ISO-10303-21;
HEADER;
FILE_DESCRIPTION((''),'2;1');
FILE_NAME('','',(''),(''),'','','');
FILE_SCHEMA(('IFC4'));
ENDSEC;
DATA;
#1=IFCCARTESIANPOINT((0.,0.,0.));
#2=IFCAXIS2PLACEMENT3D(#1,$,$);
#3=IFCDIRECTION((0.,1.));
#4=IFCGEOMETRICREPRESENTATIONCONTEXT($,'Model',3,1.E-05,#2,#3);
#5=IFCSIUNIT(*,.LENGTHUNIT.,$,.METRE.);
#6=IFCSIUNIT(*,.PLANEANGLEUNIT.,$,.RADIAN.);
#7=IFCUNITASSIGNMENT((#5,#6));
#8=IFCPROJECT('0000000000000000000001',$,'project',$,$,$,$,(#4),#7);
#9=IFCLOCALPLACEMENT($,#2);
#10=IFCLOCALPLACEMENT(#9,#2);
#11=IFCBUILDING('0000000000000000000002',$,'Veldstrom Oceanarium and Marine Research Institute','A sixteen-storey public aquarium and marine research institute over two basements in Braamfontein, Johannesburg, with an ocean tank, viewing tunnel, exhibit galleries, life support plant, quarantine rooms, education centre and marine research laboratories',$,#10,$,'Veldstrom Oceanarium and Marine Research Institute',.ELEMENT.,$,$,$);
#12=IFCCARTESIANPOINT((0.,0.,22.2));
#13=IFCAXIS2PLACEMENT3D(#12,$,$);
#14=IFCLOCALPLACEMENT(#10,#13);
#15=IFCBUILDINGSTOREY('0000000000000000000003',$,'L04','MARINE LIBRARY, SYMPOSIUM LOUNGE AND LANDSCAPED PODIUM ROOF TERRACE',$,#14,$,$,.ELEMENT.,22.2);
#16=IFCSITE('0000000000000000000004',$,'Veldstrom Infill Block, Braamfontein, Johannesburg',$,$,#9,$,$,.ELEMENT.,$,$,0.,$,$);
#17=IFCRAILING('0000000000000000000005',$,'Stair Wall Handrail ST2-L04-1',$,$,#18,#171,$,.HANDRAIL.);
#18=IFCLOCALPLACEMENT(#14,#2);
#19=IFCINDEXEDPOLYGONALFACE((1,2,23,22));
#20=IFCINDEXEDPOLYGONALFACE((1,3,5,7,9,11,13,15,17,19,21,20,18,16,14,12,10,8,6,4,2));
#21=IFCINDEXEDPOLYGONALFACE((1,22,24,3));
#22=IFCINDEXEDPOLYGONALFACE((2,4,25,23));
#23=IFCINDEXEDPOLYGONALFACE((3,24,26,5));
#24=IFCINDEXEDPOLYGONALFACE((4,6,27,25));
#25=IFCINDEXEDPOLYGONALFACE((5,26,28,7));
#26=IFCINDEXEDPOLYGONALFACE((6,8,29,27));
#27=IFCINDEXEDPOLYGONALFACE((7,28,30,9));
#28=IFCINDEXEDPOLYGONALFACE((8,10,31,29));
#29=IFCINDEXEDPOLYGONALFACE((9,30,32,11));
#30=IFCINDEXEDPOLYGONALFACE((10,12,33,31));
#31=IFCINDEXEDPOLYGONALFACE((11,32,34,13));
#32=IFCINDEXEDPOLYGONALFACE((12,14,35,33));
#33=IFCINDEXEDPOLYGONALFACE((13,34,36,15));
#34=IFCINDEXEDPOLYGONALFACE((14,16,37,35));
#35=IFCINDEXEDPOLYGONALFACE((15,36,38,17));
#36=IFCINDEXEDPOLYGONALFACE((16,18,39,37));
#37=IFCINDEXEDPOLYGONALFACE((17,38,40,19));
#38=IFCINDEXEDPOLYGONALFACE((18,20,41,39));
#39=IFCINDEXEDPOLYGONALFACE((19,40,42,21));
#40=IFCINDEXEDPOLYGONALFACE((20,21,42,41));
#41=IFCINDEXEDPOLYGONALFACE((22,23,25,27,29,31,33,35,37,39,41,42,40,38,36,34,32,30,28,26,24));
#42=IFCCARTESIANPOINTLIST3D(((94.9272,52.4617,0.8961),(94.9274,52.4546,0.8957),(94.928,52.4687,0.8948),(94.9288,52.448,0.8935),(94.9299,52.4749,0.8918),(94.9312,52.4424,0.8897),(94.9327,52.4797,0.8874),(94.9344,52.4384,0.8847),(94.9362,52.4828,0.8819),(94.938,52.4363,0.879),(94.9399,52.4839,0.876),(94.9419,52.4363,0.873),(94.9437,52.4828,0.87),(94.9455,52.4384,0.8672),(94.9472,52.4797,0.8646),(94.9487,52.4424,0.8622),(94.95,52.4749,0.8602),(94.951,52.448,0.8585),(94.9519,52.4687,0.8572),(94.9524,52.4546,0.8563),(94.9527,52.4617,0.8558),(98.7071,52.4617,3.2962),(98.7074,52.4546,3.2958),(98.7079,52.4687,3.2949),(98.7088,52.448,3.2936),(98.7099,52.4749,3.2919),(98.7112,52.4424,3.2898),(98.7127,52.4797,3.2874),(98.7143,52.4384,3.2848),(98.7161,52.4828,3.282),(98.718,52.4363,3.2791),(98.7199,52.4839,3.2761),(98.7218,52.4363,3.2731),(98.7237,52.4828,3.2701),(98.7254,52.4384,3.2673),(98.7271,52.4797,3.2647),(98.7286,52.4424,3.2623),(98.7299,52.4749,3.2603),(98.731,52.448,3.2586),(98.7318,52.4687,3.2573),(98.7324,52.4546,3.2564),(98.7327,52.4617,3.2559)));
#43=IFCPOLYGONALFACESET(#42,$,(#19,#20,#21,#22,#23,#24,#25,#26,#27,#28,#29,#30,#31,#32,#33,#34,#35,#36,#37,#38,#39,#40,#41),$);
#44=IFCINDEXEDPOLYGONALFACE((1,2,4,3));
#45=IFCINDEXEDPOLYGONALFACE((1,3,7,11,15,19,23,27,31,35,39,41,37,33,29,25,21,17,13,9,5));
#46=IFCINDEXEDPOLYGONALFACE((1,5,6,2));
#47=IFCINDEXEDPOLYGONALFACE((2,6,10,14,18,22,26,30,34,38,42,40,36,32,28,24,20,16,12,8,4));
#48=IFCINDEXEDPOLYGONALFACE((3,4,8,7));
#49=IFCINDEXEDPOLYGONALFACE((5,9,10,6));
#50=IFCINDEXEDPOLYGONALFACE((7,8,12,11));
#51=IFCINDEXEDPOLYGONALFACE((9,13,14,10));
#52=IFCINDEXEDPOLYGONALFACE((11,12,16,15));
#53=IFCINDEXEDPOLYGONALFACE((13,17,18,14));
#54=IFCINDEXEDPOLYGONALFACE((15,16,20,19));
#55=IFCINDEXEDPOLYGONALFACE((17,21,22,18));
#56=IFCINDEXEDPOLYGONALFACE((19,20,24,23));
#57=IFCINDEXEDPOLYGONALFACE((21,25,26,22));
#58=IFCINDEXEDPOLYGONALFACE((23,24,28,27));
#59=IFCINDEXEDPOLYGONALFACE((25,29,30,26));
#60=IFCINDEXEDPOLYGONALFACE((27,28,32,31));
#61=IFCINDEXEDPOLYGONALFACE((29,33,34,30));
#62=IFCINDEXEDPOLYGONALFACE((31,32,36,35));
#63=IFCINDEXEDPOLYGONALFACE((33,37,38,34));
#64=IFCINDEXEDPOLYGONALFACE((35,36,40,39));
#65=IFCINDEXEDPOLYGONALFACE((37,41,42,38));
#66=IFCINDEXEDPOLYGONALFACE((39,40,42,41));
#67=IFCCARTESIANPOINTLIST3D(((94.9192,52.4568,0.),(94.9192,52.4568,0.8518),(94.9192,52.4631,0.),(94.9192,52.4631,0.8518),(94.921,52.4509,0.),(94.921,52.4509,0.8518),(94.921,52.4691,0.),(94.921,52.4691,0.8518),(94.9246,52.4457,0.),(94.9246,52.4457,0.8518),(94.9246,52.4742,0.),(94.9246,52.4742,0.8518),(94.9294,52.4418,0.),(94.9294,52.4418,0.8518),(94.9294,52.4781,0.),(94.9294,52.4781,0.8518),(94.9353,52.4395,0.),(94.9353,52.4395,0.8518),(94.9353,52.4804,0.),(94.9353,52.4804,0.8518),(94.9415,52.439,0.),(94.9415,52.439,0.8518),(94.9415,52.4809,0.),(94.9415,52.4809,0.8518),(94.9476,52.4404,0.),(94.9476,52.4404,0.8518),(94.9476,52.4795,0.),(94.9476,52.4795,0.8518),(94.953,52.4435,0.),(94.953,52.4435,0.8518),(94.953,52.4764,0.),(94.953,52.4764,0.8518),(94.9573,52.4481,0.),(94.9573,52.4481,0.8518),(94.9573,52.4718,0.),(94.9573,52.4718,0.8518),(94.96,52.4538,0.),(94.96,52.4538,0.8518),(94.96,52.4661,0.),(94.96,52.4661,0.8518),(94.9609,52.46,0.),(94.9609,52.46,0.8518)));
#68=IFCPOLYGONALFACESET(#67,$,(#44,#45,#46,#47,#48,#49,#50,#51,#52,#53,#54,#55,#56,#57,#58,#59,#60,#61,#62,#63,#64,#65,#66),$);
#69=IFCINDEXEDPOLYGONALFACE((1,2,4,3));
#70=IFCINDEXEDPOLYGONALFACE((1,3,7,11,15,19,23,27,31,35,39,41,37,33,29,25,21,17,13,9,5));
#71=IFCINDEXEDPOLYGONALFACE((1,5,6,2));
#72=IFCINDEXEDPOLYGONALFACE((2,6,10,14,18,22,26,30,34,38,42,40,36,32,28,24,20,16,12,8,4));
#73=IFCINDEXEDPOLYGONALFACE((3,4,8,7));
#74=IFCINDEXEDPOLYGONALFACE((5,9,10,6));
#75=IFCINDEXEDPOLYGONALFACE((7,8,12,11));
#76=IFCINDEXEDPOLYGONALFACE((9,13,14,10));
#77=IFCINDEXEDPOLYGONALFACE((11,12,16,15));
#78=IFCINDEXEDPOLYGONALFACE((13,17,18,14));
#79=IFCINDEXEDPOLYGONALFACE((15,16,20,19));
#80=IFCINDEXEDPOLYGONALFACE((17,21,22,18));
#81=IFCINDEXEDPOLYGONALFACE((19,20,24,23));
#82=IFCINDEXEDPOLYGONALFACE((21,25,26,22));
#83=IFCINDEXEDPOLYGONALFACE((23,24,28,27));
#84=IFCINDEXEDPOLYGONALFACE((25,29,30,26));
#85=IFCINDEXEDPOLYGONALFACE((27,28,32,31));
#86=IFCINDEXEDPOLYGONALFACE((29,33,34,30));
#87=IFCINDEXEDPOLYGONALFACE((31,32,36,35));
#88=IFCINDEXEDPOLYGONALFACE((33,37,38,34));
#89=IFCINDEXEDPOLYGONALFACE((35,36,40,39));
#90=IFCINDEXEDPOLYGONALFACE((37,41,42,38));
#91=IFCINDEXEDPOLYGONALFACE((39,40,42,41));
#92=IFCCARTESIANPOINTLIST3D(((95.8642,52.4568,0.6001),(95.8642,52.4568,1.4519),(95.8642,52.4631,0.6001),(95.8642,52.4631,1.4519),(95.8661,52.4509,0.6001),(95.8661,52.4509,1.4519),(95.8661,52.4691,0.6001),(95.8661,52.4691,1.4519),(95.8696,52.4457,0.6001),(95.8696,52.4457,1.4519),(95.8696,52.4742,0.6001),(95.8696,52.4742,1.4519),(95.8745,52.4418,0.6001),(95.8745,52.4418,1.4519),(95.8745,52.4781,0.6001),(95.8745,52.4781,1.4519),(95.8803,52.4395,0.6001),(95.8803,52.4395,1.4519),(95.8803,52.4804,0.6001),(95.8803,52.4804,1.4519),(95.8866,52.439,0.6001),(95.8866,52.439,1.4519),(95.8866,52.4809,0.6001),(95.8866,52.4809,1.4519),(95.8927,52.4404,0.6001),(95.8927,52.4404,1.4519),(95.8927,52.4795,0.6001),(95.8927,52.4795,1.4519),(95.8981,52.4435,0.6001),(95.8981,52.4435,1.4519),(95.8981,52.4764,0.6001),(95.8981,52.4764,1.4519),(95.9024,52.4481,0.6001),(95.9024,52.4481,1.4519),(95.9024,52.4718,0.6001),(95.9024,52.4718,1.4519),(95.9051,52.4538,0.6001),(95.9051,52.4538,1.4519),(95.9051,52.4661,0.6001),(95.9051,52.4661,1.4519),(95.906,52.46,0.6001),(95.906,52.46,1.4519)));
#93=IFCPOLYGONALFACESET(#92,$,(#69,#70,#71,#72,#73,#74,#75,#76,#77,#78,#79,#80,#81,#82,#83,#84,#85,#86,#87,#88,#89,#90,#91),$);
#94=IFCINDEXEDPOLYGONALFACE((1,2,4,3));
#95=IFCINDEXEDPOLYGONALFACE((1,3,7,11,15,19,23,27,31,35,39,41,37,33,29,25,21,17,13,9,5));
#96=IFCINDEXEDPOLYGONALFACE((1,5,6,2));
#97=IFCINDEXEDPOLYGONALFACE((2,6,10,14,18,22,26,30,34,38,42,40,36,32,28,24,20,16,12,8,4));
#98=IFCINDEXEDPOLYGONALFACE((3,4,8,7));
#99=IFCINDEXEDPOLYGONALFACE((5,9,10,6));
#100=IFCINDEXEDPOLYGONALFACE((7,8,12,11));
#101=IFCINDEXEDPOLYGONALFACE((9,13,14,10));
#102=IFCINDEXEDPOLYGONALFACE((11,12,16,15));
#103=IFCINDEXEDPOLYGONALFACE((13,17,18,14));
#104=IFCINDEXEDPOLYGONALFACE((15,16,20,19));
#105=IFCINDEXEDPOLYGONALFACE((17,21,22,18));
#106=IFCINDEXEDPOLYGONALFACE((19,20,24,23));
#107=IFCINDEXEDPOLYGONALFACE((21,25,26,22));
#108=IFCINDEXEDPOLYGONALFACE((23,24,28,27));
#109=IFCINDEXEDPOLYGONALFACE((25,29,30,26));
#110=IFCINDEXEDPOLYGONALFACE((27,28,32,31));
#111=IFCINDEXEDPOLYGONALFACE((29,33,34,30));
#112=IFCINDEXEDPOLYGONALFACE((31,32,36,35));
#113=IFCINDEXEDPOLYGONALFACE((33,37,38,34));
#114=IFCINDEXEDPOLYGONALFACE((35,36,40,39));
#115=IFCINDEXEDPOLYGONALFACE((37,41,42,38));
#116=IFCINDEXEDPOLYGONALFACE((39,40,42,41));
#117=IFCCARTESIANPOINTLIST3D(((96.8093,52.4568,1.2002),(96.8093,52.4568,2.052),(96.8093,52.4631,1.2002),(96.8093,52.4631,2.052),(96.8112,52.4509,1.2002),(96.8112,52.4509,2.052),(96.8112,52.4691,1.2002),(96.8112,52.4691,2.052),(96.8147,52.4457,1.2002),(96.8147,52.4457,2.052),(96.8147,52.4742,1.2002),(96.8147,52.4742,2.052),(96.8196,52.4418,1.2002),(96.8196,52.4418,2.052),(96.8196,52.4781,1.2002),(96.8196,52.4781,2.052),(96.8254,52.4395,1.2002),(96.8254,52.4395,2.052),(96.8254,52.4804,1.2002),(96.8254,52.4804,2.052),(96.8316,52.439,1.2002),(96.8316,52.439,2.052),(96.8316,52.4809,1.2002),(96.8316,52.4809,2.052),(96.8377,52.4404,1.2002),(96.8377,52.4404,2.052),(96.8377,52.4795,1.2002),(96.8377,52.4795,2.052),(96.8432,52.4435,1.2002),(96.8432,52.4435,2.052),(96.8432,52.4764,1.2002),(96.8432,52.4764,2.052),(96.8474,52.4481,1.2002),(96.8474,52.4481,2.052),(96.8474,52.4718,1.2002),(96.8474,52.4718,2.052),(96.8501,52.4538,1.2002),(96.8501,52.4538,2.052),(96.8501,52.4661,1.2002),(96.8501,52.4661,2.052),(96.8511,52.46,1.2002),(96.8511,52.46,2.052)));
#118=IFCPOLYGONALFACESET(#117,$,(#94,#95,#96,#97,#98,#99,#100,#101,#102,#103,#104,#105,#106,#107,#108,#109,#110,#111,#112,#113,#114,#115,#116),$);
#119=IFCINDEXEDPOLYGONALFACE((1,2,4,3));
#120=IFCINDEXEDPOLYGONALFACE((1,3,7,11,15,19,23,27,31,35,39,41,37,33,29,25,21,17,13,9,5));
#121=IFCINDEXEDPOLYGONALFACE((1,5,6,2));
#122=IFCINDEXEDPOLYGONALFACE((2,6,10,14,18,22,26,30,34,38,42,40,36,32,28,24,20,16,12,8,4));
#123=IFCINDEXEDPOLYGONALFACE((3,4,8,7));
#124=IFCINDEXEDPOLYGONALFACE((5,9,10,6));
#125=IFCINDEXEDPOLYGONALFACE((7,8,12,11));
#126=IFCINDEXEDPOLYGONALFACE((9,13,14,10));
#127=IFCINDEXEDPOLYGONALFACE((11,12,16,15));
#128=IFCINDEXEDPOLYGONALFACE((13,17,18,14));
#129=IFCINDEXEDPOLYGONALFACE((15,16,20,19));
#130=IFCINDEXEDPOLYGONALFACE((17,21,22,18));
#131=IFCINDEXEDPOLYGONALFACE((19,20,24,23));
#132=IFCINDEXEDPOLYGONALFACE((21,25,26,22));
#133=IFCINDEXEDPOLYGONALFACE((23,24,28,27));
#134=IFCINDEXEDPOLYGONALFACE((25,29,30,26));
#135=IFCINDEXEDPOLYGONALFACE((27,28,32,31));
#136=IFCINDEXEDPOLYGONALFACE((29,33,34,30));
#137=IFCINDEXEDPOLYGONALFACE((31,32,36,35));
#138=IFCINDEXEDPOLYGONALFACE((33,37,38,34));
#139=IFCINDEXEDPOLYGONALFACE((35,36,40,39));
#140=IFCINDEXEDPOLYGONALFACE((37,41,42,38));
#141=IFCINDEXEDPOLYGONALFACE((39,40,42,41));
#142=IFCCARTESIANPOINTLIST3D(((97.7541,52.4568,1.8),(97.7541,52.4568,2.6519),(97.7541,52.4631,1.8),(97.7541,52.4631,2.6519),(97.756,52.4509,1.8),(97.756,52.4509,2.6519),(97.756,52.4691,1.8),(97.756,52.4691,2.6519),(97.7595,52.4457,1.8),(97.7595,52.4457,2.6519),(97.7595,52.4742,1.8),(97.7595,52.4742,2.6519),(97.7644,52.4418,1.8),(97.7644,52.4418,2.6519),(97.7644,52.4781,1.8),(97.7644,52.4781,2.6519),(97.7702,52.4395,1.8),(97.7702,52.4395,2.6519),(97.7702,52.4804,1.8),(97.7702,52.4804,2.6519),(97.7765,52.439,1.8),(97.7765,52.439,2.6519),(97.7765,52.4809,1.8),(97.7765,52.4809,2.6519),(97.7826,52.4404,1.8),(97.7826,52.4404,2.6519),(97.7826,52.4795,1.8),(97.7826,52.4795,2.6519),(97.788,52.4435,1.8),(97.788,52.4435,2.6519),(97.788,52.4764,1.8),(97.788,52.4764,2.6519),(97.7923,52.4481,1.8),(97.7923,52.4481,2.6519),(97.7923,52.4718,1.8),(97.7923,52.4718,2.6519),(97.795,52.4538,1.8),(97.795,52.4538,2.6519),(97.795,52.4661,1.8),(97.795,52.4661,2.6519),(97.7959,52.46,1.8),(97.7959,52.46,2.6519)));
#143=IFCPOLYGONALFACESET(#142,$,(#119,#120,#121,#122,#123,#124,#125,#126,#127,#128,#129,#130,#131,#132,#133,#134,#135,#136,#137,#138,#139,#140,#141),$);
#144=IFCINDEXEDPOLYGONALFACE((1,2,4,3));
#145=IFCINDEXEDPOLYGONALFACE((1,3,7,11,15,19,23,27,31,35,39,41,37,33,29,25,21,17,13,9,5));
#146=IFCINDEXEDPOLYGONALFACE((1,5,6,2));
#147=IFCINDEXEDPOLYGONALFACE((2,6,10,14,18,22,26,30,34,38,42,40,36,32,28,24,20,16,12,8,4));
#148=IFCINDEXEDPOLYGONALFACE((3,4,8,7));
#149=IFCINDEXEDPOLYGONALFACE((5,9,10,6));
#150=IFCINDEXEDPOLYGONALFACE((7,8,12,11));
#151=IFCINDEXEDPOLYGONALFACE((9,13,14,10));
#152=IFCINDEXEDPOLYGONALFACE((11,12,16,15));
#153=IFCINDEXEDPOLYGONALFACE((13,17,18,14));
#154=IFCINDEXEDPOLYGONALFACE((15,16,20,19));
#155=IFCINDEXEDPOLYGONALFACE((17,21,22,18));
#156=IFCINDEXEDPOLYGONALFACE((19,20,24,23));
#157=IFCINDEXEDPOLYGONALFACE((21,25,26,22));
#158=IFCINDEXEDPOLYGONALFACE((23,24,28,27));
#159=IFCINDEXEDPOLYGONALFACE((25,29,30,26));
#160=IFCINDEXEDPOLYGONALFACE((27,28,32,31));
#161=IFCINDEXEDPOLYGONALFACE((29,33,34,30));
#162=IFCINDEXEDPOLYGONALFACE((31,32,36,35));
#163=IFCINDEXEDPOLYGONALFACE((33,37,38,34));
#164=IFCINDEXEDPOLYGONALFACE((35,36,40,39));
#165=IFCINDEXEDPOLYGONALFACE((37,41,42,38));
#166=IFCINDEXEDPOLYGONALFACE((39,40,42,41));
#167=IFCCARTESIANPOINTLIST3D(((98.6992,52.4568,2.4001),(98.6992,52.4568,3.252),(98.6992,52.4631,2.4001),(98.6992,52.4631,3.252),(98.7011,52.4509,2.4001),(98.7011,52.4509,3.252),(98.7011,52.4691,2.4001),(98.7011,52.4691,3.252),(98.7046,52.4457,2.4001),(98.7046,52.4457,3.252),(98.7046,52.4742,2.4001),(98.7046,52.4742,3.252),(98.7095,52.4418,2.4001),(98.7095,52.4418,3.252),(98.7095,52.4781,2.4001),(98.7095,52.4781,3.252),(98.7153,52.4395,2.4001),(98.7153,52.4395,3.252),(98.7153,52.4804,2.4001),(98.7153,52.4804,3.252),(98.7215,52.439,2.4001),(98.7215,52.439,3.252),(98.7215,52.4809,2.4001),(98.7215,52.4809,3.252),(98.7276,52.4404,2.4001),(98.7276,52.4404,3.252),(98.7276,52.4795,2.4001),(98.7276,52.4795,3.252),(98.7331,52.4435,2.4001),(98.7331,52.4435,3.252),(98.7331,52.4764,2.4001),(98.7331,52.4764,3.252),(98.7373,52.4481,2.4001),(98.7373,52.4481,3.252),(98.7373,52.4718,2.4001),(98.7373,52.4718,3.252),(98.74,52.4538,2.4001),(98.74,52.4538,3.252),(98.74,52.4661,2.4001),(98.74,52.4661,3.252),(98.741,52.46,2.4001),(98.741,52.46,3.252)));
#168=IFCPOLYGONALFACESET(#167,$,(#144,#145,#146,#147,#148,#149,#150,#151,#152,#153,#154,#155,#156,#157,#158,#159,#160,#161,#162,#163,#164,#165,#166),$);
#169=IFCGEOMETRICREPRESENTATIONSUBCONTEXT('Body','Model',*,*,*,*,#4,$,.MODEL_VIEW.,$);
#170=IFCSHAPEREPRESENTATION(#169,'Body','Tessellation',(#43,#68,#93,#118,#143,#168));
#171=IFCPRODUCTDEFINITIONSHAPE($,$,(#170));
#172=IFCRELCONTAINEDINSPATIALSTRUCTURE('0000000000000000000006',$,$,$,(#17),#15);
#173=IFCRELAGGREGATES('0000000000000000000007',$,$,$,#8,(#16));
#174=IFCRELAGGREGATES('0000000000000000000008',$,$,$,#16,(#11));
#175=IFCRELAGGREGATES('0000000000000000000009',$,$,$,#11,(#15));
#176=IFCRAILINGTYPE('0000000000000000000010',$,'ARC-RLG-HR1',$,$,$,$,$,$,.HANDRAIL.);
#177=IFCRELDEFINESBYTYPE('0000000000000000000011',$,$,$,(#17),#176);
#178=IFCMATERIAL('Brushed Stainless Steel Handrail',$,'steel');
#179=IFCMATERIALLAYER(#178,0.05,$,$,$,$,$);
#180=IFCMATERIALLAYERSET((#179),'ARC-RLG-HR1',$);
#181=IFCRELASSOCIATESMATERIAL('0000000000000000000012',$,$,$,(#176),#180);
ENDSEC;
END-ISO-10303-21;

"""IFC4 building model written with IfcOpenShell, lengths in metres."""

from ifc_helpers import new_model, si_unit, direction, frame, origin, origin_2d, place, context, subcontext, project, spatial, circle, extrude, material, layer, layer_set, type_object, element, save


model = new_model("IFC4")

# Units and contexts
model_context = context("Model", 3, precision=1e-05, world=origin(), true_north=direction((0.0, 1.0)))
body_context = subcontext(model_context, "Body", "Model", "MODEL_VIEW")
ifc_project = project(units=[si_unit("LENGTHUNIT", "METRE"), si_unit("PLANEANGLEUNIT", "RADIAN")], contexts=[model_context])

# Site, building, storey
site_placement = place(None, origin())
site = spatial("IfcSite", under=ifc_project, at=site_placement, Name="Veldstrom Infill Block, Braamfontein, Johannesburg", CompositionType="ELEMENT", RefElevation=0.0)
building_placement = place(site_placement, origin())
building = spatial("IfcBuilding", under=site, at=building_placement, Name="Veldstrom Oceanarium and Marine Research Institute", Description="A sixteen-storey public aquarium and marine research institute over two basements in Braamfontein, Johannesburg, with an ocean tank, viewing tunnel, exhibit galleries, life support plant, quarantine rooms, education centre and marine research laboratories", LongName="Veldstrom Oceanarium and Marine Research Institute", CompositionType="ELEMENT")
storey_placement = place(building_placement, frame((0.0, 0.0, 22.2)))
storey = spatial("IfcBuildingStorey", under=building, at=storey_placement, Name="L04", Description="MARINE LIBRARY, SYMPOSIUM LOUNGE AND LANDSCAPED PODIUM ROOF TERRACE", CompositionType="ELEMENT", Elevation=22.2)

# Railing
ifc_material_1 = material(Name="Brushed Stainless Steel Handrail", Category="steel")
ifc_layer_1 = layer(ifc_material_1, 0.05)
ifc_layer_set_1 = layer_set([ifc_layer_1], Name="ARC-RLG-HR1")
railing_type_1 = type_object("IfcRailingType", Name="ARC-RLG-HR1", PredefinedType="HANDRAIL", material=ifc_layer_set_1)
railing_1_placement = place(storey_placement, frame((94.9399, 52.46, 0.0)))
element("IfcRailing", 1, at=railing_1_placement, inside=storey, type_object=railing_type_1, Name="Stair Wall Handrail ST2-L04-1", PredefinedType="HANDRAIL", context=body_context, shape_type="SweptSolid", body=[
    extrude(circle(Radius=0.0239, at=origin_2d()), frame((0.0, 0.0, 0.876), z_axis=(0.8442, 0.0, 0.536028), x_axis=(0.0, 1.0, 0.0)), (0.0, 0.0, 1.0), 4.4775),
    extrude(circle(Radius=0.021, at=origin_2d()), origin(), (0.0, 0.0, 1.0), 0.8518),
    extrude(circle(Radius=0.021, at=origin_2d()), frame((0.9451, 0.0, 0.6001)), (0.0, 0.0, 1.0), 0.8518),
    extrude(circle(Radius=0.021, at=origin_2d()), frame((1.8901, 0.0, 1.2002)), (0.0, 0.0, 1.0), 0.8518),
    extrude(circle(Radius=0.021, at=origin_2d()), frame((2.835, 0.0, 1.8)), (0.0, 0.0, 1.0), 0.8518),
    extrude(circle(Radius=0.021, at=origin_2d()), frame((3.78, 0.0, 2.4001)), (0.0, 0.0, 1.0), 0.8518),
])

save(model, "model.ifc")
